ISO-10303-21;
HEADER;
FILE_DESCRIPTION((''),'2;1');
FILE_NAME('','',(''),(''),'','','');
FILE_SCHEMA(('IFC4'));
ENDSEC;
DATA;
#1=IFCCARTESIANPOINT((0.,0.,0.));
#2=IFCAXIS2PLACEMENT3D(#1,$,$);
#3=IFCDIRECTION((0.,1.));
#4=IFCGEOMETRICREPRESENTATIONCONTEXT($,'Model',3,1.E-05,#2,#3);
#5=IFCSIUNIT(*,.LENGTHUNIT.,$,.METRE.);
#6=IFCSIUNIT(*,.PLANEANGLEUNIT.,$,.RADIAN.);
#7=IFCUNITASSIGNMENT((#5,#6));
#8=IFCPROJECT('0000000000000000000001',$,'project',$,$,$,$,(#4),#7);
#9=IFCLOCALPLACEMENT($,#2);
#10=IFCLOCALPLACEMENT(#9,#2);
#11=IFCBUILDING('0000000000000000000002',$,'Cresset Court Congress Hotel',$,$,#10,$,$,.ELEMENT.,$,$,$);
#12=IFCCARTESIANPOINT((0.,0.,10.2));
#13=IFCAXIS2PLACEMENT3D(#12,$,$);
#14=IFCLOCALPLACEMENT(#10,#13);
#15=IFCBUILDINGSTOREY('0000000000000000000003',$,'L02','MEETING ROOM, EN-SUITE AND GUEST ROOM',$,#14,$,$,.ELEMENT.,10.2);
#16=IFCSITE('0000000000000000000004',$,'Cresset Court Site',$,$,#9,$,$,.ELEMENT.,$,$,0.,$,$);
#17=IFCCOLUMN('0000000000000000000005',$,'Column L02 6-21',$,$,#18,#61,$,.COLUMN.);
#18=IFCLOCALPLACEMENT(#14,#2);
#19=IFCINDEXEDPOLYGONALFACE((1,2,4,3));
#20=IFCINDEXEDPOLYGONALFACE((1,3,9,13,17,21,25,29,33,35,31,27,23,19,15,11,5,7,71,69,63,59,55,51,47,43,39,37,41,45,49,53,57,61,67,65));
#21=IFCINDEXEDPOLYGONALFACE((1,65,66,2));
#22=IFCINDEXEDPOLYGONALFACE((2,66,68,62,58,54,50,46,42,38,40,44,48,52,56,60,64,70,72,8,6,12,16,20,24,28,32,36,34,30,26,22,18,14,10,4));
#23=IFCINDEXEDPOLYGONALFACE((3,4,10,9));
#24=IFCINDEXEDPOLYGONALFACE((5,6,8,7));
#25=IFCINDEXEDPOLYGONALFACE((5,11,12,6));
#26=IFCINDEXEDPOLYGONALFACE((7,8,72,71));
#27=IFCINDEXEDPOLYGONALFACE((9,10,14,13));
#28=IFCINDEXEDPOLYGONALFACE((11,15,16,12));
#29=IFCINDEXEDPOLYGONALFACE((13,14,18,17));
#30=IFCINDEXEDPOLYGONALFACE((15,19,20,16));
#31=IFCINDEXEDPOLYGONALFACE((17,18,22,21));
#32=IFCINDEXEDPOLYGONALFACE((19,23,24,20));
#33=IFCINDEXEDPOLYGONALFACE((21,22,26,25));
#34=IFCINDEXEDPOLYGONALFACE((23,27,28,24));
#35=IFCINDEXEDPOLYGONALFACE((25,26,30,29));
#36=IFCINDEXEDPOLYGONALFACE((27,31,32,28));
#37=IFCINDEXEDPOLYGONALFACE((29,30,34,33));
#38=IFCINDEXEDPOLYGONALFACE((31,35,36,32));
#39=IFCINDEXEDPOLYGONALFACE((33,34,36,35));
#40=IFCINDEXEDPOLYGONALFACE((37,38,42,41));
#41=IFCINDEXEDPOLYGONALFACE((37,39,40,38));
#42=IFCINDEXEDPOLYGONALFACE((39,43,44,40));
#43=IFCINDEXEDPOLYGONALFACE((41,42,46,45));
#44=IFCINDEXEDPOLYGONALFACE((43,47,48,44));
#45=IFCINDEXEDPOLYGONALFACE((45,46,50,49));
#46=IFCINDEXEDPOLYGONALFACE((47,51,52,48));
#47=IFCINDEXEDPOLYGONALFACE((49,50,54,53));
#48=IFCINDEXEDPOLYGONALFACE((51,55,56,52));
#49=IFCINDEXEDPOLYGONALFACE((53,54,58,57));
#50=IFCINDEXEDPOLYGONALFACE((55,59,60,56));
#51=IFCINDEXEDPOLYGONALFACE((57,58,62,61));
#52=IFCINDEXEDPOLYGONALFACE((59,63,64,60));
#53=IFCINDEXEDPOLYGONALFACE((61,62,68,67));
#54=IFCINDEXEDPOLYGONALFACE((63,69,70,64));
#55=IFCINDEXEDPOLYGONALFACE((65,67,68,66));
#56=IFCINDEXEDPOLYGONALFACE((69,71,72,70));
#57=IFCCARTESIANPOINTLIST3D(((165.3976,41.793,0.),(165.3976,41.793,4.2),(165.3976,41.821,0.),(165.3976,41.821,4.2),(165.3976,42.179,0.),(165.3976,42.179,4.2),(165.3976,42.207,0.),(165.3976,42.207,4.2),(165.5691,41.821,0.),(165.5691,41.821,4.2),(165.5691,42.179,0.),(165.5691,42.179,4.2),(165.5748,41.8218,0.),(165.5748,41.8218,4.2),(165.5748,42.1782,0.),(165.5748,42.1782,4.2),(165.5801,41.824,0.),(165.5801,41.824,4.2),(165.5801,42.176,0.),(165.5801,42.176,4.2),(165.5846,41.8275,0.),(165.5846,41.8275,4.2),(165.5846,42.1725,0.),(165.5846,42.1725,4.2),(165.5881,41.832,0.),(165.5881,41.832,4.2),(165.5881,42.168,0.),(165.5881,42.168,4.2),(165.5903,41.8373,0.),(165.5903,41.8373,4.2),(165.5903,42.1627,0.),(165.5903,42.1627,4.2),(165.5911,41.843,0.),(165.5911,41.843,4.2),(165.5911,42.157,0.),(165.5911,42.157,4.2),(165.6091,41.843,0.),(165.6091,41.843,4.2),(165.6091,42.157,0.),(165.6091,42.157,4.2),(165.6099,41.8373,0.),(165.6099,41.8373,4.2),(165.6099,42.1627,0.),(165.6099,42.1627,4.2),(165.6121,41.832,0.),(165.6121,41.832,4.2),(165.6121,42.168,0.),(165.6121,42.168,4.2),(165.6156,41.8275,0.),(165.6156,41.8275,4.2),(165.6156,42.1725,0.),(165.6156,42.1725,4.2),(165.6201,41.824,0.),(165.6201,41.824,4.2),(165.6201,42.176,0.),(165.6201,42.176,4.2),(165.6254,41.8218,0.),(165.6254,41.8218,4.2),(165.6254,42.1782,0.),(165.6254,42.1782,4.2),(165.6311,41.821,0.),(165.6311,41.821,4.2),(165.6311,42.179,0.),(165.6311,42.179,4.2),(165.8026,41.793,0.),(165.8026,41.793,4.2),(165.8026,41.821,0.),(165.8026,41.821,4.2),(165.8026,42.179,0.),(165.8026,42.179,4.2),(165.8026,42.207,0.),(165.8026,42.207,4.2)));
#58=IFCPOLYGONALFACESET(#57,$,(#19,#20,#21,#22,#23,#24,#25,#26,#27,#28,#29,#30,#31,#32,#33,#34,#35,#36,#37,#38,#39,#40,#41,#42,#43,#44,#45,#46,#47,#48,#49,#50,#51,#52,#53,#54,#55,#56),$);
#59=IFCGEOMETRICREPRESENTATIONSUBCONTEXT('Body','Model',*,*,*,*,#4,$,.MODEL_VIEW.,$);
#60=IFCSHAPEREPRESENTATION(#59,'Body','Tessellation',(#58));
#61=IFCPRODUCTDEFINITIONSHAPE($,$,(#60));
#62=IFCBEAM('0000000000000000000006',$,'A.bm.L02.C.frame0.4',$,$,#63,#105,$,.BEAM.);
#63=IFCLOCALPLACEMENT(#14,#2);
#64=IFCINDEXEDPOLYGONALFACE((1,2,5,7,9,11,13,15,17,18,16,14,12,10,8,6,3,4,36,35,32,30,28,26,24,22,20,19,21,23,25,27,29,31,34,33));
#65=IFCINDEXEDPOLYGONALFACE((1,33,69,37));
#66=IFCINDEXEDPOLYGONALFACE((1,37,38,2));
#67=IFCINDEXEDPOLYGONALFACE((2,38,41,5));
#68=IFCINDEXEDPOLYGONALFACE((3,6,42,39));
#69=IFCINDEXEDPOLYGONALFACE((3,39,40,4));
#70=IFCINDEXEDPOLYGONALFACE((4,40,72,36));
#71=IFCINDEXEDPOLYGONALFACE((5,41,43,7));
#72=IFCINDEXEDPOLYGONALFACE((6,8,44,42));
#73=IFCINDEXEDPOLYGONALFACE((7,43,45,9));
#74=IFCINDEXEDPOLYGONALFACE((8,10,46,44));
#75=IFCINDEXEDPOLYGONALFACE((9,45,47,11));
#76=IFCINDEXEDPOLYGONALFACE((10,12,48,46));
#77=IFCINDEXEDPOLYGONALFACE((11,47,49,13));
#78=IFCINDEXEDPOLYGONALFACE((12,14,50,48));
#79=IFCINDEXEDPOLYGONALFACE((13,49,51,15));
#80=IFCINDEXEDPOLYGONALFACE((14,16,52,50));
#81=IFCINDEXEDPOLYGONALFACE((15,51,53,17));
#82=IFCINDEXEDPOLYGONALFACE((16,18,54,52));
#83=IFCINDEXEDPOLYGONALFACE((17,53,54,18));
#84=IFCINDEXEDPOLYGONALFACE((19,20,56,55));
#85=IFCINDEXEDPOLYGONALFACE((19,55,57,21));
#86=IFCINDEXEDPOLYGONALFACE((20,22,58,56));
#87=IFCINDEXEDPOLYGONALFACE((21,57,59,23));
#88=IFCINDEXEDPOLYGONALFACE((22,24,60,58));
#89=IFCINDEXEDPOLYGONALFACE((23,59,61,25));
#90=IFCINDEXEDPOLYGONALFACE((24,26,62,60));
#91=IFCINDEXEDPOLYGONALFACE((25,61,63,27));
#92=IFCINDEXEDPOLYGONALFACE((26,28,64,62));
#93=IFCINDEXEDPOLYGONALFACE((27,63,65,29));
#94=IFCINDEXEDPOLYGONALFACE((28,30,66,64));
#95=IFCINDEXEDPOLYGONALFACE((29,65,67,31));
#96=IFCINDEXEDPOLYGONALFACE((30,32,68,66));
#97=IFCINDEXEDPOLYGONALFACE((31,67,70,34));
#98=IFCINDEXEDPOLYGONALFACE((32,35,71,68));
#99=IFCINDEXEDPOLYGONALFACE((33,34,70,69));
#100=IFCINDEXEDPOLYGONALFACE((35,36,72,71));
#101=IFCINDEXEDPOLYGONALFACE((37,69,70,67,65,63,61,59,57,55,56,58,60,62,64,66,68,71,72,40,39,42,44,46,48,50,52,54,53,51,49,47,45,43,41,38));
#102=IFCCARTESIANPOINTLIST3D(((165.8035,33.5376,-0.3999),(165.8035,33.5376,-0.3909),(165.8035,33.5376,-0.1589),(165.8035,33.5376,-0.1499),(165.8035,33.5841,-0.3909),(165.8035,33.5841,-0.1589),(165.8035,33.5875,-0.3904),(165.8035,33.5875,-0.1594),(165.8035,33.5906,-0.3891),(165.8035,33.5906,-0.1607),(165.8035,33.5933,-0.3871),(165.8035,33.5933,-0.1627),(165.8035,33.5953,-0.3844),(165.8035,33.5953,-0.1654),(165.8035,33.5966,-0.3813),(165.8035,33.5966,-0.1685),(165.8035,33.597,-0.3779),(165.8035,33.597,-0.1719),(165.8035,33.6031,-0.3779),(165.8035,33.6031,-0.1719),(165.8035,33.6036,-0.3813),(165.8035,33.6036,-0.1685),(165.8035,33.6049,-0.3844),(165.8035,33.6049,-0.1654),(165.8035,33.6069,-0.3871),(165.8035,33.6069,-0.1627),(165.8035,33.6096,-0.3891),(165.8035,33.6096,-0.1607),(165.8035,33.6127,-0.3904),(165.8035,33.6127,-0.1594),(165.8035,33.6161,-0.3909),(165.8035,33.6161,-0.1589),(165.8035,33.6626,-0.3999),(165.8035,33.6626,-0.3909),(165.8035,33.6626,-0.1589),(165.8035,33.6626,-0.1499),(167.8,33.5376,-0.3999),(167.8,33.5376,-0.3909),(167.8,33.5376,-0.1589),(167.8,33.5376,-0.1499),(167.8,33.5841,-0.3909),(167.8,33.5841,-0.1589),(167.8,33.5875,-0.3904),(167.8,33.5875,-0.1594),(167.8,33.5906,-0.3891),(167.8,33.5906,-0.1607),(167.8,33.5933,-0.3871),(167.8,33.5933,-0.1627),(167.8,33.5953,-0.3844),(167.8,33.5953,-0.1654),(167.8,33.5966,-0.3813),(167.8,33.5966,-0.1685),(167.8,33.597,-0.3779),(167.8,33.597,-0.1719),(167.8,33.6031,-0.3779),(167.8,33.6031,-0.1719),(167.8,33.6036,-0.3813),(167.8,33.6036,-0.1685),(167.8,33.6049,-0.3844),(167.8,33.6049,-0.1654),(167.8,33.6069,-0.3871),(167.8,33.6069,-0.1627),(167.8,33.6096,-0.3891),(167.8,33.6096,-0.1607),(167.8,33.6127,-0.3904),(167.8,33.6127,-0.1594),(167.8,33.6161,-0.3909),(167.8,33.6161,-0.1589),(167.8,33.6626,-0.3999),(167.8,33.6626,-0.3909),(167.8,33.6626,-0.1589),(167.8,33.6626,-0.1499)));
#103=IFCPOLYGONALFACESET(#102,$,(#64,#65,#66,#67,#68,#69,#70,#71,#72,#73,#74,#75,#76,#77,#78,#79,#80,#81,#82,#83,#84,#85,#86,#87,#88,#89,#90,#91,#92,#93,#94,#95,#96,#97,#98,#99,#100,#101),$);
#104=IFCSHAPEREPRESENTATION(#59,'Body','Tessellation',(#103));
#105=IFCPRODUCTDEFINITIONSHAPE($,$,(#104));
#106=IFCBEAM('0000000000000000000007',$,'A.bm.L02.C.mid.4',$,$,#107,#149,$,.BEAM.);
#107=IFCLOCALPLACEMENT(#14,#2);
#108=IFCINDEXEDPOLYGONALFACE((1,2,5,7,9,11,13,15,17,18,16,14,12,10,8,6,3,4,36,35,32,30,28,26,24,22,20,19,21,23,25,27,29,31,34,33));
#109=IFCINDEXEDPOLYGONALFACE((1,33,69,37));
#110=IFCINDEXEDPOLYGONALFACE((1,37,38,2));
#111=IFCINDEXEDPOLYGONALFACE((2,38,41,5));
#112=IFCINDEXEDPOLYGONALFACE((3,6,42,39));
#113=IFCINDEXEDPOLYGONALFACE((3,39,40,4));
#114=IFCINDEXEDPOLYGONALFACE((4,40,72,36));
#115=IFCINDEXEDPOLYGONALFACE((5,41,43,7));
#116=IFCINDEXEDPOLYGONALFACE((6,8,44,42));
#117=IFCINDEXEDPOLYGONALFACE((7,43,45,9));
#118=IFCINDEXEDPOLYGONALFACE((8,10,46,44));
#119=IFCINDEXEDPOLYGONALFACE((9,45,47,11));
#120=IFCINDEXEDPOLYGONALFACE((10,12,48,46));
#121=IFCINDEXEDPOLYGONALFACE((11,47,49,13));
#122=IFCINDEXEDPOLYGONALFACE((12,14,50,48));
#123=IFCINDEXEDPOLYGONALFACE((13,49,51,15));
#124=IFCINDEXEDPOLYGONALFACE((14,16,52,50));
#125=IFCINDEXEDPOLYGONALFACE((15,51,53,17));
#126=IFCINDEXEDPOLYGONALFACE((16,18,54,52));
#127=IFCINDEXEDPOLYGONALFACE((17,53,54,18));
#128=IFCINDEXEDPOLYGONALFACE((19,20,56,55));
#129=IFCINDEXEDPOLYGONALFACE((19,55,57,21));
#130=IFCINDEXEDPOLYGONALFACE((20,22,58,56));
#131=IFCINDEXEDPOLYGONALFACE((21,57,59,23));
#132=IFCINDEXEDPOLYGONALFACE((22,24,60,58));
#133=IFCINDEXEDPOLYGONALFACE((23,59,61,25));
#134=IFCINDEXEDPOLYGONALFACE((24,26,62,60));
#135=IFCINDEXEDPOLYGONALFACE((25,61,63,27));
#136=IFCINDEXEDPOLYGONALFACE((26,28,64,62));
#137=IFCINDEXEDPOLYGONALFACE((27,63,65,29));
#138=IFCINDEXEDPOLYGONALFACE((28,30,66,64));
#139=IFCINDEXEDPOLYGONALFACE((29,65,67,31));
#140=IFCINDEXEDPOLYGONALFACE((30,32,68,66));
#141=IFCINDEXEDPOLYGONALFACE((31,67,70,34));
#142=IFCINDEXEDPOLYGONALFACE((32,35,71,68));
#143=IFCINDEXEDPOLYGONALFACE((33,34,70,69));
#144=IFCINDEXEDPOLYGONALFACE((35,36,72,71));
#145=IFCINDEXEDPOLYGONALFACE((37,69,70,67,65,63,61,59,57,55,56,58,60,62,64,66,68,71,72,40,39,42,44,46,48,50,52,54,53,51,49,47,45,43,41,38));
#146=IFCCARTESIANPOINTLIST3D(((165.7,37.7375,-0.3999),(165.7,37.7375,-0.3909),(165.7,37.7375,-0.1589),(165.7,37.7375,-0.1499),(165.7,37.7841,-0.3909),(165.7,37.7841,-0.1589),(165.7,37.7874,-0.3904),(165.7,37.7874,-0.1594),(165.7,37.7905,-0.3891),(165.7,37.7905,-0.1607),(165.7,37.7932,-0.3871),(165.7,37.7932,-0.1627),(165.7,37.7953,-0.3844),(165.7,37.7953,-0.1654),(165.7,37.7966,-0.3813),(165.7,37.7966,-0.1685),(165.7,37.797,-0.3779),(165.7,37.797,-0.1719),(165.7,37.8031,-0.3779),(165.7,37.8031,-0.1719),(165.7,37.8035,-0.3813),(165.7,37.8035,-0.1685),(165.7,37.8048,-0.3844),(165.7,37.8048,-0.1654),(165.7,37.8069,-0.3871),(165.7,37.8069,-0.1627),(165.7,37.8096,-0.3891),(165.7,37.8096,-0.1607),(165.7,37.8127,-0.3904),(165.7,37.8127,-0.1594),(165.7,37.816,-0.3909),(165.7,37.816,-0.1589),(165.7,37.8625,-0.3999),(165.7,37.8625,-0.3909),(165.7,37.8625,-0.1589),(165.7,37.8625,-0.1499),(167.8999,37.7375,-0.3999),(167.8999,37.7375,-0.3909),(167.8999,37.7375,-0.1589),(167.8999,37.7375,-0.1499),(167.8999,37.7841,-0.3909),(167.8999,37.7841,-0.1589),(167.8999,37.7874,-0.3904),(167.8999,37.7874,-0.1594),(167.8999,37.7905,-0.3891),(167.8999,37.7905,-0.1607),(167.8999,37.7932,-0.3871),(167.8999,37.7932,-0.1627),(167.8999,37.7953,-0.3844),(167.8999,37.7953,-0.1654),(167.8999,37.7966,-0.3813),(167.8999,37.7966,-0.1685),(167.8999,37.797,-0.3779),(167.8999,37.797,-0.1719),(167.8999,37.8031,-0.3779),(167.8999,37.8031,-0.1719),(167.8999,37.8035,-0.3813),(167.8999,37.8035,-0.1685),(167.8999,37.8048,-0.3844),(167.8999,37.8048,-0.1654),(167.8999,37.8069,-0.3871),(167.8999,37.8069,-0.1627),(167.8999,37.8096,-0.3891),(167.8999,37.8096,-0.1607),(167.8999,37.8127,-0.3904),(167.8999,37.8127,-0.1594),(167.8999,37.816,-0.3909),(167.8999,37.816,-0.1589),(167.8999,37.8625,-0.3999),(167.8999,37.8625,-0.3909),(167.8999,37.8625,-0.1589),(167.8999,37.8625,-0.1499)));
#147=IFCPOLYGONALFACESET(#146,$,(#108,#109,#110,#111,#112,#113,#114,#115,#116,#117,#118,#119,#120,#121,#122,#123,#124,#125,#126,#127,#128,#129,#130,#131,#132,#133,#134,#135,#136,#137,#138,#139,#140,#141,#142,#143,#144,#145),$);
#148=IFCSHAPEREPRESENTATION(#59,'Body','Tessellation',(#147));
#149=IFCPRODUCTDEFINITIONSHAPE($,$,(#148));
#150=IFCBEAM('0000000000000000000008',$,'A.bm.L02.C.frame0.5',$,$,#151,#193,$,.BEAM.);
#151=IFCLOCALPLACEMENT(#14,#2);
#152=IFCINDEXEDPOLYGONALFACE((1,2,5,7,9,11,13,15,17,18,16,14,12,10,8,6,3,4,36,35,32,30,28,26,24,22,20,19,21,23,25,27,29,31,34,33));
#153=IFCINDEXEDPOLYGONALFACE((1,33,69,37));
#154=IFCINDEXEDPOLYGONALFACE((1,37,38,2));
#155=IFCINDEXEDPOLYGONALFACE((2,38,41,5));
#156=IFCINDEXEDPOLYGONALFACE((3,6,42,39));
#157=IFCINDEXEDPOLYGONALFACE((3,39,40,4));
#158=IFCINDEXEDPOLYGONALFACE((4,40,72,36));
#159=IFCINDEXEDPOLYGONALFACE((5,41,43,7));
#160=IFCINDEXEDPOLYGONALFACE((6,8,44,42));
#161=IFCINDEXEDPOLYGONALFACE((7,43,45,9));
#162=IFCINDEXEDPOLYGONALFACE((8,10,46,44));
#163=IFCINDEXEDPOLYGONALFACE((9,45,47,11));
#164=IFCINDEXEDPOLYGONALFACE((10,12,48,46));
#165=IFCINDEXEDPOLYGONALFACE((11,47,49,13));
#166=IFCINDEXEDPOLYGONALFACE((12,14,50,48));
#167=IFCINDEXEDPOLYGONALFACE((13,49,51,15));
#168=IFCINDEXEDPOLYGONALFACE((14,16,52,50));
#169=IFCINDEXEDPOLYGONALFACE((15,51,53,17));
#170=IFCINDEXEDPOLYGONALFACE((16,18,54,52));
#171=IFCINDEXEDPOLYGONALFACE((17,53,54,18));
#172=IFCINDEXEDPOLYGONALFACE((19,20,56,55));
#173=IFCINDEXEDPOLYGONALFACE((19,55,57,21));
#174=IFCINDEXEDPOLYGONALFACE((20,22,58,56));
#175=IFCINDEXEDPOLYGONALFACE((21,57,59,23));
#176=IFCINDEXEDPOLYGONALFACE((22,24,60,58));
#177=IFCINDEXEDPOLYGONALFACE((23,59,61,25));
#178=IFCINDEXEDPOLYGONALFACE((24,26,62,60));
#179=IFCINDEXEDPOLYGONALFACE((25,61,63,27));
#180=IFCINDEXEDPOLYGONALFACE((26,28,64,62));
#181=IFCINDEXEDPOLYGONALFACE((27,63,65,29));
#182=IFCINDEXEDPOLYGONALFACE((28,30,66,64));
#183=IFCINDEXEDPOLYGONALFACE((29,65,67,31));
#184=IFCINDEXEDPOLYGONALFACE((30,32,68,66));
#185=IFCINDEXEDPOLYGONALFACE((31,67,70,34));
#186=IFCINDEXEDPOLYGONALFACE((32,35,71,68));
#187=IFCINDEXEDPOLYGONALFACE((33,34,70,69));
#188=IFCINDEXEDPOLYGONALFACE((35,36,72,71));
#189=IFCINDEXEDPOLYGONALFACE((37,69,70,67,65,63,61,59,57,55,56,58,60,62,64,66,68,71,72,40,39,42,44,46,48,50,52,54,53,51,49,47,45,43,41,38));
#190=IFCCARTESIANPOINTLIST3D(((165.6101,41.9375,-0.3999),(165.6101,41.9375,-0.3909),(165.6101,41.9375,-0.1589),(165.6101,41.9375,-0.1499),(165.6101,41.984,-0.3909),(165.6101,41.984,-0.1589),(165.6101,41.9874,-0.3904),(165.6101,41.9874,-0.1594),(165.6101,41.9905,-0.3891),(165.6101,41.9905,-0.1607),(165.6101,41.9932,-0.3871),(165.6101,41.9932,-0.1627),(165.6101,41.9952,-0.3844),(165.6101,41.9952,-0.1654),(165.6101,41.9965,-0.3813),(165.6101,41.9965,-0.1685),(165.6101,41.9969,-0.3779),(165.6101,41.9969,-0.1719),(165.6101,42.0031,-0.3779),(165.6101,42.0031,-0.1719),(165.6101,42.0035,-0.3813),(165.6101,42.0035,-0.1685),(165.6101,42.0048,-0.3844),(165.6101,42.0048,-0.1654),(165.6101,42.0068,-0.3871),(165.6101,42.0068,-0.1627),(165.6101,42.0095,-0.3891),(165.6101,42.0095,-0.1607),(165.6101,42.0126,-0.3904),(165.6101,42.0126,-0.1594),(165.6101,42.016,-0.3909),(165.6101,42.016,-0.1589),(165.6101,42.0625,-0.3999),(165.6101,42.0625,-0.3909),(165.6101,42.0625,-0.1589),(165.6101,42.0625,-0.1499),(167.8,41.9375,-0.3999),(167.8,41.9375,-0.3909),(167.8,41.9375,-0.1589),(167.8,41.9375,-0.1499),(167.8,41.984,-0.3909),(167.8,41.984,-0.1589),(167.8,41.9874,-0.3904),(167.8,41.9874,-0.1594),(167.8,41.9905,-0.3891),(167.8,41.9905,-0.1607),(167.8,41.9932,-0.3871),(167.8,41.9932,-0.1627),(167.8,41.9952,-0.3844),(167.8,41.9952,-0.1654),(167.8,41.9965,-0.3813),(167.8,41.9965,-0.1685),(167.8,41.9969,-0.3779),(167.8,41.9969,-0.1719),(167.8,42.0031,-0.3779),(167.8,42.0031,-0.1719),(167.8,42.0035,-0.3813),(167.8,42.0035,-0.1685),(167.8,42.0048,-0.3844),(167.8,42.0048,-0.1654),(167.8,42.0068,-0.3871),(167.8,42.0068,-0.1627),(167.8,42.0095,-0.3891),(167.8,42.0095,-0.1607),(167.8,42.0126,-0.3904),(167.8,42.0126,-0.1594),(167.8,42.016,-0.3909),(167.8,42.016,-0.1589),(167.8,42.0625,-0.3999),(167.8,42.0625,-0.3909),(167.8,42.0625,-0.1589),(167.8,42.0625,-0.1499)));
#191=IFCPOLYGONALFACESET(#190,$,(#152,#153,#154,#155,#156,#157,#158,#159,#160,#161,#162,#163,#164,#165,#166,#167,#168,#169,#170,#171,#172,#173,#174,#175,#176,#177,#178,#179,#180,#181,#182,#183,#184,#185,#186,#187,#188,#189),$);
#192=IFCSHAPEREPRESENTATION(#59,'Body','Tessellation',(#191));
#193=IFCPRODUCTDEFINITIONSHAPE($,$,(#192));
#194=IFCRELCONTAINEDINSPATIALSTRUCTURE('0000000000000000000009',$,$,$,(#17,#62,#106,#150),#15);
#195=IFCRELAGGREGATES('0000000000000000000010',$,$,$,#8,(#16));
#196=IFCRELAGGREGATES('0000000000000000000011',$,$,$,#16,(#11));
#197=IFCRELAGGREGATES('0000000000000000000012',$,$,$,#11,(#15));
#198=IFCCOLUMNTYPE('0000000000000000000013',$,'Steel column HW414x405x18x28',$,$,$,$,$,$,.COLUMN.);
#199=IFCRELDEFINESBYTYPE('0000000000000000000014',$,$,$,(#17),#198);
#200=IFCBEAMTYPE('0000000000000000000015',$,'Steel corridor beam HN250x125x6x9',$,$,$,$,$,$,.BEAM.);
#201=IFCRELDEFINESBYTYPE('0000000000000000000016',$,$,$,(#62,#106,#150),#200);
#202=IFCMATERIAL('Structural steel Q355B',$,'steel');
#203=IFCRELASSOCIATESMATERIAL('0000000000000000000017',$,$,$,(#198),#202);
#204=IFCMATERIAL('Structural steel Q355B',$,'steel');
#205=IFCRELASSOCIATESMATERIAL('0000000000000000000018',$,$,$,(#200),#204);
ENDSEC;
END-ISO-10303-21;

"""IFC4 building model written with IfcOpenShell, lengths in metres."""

from ifc_helpers import new_model, si_unit, direction, frame, origin, origin_2d, place, context, subcontext, project, spatial, i_section, extrude, material, material_profile, profile_set, type_object, element, save


model = new_model("IFC4")

# Units and contexts
model_context = context("Model", 3, precision=1e-05, world=origin(), true_north=direction((0.0, 1.0)))
body_context = subcontext(model_context, "Body", "Model", "MODEL_VIEW")
ifc_project = project(units=[si_unit("LENGTHUNIT", "METRE"), si_unit("PLANEANGLEUNIT", "RADIAN")], contexts=[model_context])

# Site, building, storey
site_placement = place(None, origin())
site = spatial("IfcSite", under=ifc_project, at=site_placement, Name="Cresset Court Site", CompositionType="ELEMENT", RefElevation=0.0)
building_placement = place(site_placement, origin())
building = spatial("IfcBuilding", under=site, at=building_placement, Name="Cresset Court Congress Hotel", CompositionType="ELEMENT")
storey_placement = place(building_placement, frame((0.0, 0.0, 10.2)))
storey = spatial("IfcBuildingStorey", under=building, at=storey_placement, Name="L02", Description="MEETING ROOM, EN-SUITE AND GUEST ROOM", CompositionType="ELEMENT", Elevation=10.2)

# Column
ifc_material_1 = material(Name="Structural steel Q355B", Category="steel")
ifc_material_profile_1 = material_profile(ifc_material_1, i_section(OverallWidth=0.405, OverallDepth=0.4141, WebThickness=0.0181, FlangeThickness=0.0281, FilletRadius=0.022, at=origin_2d()), Name="HW414x405x18x28")
ifc_profile_set_1 = profile_set([ifc_material_profile_1], Name="Structural steel Q355B")
column_type = type_object("IfcColumnType", Name="Steel column HW414x405x18x28", PredefinedType="COLUMN", material=ifc_profile_set_1)
column_placement = place(storey_placement, frame((165.6001, 42.0, 0.0), z_axis=(0.0, 0.0, 1.0), x_axis=(1.0, 0.0, 0.0)))
element("IfcColumn", 1, at=column_placement, inside=storey, type_object=column_type, Name="Column L02 6-21", PredefinedType="COLUMN", context=body_context, shape_type="SweptSolid", body=[
    extrude(i_section(OverallWidth=0.405, OverallDepth=0.4141, WebThickness=0.0181, FlangeThickness=0.0281, FilletRadius=0.022, at=origin_2d()), origin(), (0.0, 0.0, 1.0), 4.2),
])

# Beams
ifc_material_2 = material(Name="Structural steel Q355B", Category="steel")
ifc_material_profile_2 = material_profile(ifc_material_2, i_section(OverallWidth=0.125, OverallDepth=0.25, WebThickness=0.0061, FlangeThickness=0.009, FilletRadius=0.0129, at=origin_2d()), Name="HN250x125x6x9")
ifc_profile_set_2 = profile_set([ifc_material_profile_2], Name="Structural steel Q355B")
beam_type_1 = type_object("IfcBeamType", Name="Steel corridor beam HN250x125x6x9", PredefinedType="BEAM", material=ifc_profile_set_2)
beam_1_placement = place(storey_placement, frame((165.8035, 33.6001, -0.2749), z_axis=(1.0, 0.0, 0.0), x_axis=(0.0, 1.0, 0.0)))
element("IfcBeam", 2, at=beam_1_placement, inside=storey, type_object=beam_type_1, Name="A.bm.L02.C.frame0.4", PredefinedType="BEAM", context=body_context, shape_type="SweptSolid", body=[
    extrude(i_section(OverallWidth=0.125, OverallDepth=0.25, WebThickness=0.0061, FlangeThickness=0.009, FilletRadius=0.0129, at=origin_2d()), origin(), (0.0, 0.0, 1.0), 1.9966),
])
beam_2_placement = place(storey_placement, frame((165.7, 37.8, -0.2749), z_axis=(1.0, 0.0, 0.0), x_axis=(0.0, 1.0, 0.0)))
element("IfcBeam", 3, at=beam_2_placement, inside=storey, type_object=beam_type_1, Name="A.bm.L02.C.mid.4", PredefinedType="BEAM", context=body_context, shape_type="SweptSolid", body=[
    extrude(i_section(OverallWidth=0.125, OverallDepth=0.25, WebThickness=0.0061, FlangeThickness=0.009, FilletRadius=0.0129, at=origin_2d()), origin(), (0.0, 0.0, 1.0), 2.2),
])
beam_3_placement = place(storey_placement, frame((165.6101, 42.0, -0.2749), z_axis=(1.0, 0.0, 0.0), x_axis=(0.0, 1.0, 0.0)))
element("IfcBeam", 4, at=beam_3_placement, inside=storey, type_object=beam_type_1, Name="A.bm.L02.C.frame0.5", PredefinedType="BEAM", context=body_context, shape_type="SweptSolid", body=[
    extrude(i_section(OverallWidth=0.125, OverallDepth=0.25, WebThickness=0.0061, FlangeThickness=0.009, FilletRadius=0.0129, at=origin_2d()), origin(), (0.0, 0.0, 1.0), 2.1899),
])

save(model, "model.ifc")
